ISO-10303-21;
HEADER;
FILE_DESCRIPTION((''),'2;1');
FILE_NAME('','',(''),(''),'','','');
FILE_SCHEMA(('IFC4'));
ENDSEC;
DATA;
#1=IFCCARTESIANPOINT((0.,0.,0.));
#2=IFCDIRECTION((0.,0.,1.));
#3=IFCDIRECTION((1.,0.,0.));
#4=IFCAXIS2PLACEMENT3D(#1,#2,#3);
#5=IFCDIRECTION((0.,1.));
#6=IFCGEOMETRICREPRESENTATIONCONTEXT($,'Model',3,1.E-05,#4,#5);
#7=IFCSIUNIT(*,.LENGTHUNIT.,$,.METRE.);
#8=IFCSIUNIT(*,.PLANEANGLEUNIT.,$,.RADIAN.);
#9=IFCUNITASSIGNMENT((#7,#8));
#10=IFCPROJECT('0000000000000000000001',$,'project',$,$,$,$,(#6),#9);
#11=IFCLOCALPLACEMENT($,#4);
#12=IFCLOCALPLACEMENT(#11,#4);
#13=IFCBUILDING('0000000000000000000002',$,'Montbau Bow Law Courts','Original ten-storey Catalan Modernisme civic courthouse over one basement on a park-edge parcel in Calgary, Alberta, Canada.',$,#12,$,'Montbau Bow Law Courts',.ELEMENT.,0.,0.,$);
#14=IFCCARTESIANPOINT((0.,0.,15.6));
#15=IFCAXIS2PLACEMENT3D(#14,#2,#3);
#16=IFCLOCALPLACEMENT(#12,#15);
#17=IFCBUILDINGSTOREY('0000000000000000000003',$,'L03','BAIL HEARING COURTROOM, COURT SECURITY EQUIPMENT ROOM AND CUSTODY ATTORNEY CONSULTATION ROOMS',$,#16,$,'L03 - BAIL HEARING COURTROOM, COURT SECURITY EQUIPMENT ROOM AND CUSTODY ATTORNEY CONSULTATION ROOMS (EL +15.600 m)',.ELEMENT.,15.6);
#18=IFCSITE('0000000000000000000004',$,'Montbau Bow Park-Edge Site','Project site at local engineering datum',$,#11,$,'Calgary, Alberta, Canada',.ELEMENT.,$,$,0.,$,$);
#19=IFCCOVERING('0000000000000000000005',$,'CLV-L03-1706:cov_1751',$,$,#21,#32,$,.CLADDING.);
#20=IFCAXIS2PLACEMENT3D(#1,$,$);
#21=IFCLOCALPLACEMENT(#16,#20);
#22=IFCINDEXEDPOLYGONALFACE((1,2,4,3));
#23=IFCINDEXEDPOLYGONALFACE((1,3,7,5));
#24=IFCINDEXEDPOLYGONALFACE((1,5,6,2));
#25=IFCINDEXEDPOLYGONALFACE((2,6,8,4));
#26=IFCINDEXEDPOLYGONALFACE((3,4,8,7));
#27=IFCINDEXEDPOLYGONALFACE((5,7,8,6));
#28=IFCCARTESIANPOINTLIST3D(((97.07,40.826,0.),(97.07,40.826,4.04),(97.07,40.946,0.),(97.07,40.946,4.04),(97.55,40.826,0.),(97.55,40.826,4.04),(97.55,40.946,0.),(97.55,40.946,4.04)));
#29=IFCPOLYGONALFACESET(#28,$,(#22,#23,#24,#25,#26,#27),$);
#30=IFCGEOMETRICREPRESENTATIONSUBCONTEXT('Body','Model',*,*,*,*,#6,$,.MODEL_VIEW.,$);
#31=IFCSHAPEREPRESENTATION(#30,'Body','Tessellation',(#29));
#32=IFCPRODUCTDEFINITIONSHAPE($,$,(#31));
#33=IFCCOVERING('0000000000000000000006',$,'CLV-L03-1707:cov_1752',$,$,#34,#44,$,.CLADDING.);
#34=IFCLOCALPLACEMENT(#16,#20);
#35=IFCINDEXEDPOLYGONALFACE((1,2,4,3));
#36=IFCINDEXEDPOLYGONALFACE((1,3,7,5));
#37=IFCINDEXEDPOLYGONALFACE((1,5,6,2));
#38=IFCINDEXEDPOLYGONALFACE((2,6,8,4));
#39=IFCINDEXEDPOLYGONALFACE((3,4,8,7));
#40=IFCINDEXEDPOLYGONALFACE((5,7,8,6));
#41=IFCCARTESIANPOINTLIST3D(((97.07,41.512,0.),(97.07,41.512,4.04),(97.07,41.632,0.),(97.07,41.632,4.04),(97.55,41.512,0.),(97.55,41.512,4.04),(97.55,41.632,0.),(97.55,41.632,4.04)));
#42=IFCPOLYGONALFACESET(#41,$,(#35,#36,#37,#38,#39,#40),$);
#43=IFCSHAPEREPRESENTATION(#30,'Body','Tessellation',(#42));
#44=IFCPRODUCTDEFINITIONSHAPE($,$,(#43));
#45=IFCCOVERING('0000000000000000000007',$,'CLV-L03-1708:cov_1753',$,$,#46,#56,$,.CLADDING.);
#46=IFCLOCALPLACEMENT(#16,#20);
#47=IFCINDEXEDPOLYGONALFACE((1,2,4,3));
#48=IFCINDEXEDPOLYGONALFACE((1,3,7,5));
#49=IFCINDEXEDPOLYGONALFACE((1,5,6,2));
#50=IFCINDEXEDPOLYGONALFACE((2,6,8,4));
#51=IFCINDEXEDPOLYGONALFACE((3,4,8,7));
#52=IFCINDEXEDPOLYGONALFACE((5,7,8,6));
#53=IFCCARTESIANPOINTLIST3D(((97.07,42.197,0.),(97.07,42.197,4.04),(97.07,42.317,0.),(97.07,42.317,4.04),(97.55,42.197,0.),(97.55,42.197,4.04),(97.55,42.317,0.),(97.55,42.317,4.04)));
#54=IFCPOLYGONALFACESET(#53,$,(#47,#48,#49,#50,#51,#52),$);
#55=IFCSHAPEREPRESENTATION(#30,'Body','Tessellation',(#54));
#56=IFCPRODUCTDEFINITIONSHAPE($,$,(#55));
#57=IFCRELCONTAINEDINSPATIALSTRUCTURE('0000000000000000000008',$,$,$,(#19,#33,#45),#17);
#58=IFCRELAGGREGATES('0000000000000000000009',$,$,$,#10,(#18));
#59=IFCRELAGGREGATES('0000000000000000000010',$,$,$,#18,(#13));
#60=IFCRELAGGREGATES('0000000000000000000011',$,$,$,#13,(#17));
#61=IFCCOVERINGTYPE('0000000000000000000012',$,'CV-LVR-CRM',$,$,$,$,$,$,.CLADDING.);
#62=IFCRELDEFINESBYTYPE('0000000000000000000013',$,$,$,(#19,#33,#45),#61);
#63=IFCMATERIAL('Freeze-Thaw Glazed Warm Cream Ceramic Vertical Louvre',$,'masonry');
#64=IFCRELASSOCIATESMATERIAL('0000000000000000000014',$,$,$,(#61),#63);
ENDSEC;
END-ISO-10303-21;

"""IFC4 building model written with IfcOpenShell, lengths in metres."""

from ifc_helpers import new_model, si_unit, direction, frame, frame_2d, origin_with_axes, place, context, subcontext, project, spatial, rectangle, extrude, material, type_object, element, save


model = new_model("IFC4")

# Units and contexts
model_context = context("Model", 3, precision=1e-05, world=origin_with_axes(), true_north=direction((0.0, 1.0)))
body_context = subcontext(model_context, "Body", "Model", "MODEL_VIEW")
ifc_project = project(units=[si_unit("LENGTHUNIT", "METRE"), si_unit("PLANEANGLEUNIT", "RADIAN")], contexts=[model_context])

# Site, building, storey
site_placement = place(None, origin_with_axes())
site = spatial("IfcSite", under=ifc_project, at=site_placement, Name="Montbau Bow Park-Edge Site", Description="Project site at local engineering datum", LongName="Calgary, Alberta, Canada", CompositionType="ELEMENT", RefElevation=0.0)
building_placement = place(site_placement, origin_with_axes())
building = spatial("IfcBuilding", under=site, at=building_placement, Name="Montbau Bow Law Courts", Description="Original ten-storey Catalan Modernisme civic courthouse over one basement on a park-edge parcel in Calgary, Alberta, Canada.", LongName="Montbau Bow Law Courts", CompositionType="ELEMENT", ElevationOfRefHeight=0.0, ElevationOfTerrain=0.0)
storey_placement = place(building_placement, frame((0.0, 0.0, 15.6), z_axis=(0.0, 0.0, 1.0), x_axis=(1.0, 0.0, 0.0)))
storey = spatial("IfcBuildingStorey", under=building, at=storey_placement, Name="L03", Description="BAIL HEARING COURTROOM, COURT SECURITY EQUIPMENT ROOM AND CUSTODY ATTORNEY CONSULTATION ROOMS", LongName="L03 - BAIL HEARING COURTROOM, COURT SECURITY EQUIPMENT ROOM AND CUSTODY ATTORNEY CONSULTATION ROOMS (EL +15.600 m)", CompositionType="ELEMENT", Elevation=15.6)

# Coverings
ifc_material_1 = material(Name="Freeze-Thaw Glazed Warm Cream Ceramic Vertical Louvre", Category="masonry")
covering_type = type_object("IfcCoveringType", Name="CV-LVR-CRM", PredefinedType="CLADDING", material=ifc_material_1)
for number, where, z_axis, x_axis, name in (
    (1, (97.07, 40.886, 15.6), (0.0, -1.0, 0.0), (1.0, 0.0, 0.0), "CLV-L03-1706:cov_1751"),
    (2, (97.07, 41.572, 15.6), (0.0, -1.0, 0.0), (1.0, 0.0, 0.0), "CLV-L03-1707:cov_1752"),
    (3, (97.07, 42.257, 15.6), (0.0, -1.0, 0.0), (1.0, 0.0, 0.0), "CLV-L03-1708:cov_1753"),
):
    element("IfcCovering", number, at=place(None, frame(where, z_axis=z_axis, x_axis=x_axis)), inside=storey, type_object=covering_type, Name=name, PredefinedType="CLADDING", context=body_context, shape_type="SweptSolid", body=[
        extrude(rectangle(XDim=0.48, YDim=4.04, at=frame_2d((0.24, 2.02), x_axis=(1.0, 0.0))), frame((0.0, 0.0, -0.06), z_axis=(0.0, 0.0, 1.0), x_axis=(1.0, 0.0, 0.0)), (0.0, 0.0, 1.0), 0.12),
    ])

save(model, "model.ifc")
